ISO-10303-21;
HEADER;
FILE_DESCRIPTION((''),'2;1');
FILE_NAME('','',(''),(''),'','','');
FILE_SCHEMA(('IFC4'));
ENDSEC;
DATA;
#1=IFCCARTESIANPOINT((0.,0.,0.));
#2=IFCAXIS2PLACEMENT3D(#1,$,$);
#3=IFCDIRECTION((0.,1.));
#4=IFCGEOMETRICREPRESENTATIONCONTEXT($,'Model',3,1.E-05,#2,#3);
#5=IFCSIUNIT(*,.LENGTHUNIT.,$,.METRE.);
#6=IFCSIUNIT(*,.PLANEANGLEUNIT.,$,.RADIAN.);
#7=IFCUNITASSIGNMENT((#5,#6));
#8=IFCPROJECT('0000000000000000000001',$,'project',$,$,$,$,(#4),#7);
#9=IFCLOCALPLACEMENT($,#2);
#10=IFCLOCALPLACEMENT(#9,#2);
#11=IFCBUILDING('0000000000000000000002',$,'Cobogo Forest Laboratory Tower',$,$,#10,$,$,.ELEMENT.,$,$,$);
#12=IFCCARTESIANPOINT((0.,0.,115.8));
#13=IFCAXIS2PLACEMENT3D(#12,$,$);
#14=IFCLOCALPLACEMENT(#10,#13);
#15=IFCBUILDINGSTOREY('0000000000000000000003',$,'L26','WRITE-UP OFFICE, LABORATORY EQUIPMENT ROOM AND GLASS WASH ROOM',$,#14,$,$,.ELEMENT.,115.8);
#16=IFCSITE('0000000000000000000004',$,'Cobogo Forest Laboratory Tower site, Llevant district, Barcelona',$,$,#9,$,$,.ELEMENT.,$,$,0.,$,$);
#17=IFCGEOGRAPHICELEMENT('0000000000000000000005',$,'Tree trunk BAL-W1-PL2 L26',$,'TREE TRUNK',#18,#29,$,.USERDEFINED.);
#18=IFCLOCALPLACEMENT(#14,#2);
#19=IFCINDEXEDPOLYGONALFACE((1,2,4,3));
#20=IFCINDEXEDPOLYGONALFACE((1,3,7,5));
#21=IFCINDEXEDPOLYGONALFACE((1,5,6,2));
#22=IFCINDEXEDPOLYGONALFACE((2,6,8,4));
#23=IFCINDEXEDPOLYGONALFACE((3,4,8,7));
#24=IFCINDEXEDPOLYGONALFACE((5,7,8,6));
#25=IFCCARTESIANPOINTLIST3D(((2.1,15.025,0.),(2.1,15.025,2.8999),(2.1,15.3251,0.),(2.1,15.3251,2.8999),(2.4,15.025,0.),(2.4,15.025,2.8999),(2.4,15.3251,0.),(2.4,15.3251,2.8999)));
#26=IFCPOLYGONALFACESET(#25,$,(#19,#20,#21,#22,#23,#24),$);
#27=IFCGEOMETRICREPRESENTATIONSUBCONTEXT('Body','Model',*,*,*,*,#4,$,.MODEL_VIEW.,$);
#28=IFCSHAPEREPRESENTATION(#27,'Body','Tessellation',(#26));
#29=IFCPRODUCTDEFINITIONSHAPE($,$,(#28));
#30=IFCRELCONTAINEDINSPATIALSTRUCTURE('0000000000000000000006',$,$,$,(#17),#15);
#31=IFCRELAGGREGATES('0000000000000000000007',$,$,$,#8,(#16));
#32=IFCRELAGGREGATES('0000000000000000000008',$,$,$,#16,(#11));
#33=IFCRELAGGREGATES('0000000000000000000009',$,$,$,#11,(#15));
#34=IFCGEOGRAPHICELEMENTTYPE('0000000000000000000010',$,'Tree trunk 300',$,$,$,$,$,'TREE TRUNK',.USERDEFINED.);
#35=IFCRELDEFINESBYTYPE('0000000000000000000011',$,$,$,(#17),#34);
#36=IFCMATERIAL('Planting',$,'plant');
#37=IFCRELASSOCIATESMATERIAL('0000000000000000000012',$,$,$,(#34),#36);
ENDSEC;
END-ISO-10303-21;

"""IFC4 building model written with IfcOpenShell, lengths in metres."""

from ifc_helpers import new_model, si_unit, direction, frame, origin, origin_2d, place, context, subcontext, project, spatial, rectangle, extrude, material, type_object, element, save


model = new_model("IFC4")

# Units and contexts
model_context = context("Model", 3, precision=1e-05, world=origin(), true_north=direction((0.0, 1.0)))
body_context = subcontext(model_context, "Body", "Model", "MODEL_VIEW")
ifc_project = project(units=[si_unit("LENGTHUNIT", "METRE"), si_unit("PLANEANGLEUNIT", "RADIAN")], contexts=[model_context])

# Site, building, storey
site_placement = place(None, origin())
site = spatial("IfcSite", under=ifc_project, at=site_placement, Name="Cobogo Forest Laboratory Tower site, Llevant district, Barcelona", CompositionType="ELEMENT", RefElevation=0.0)
building_placement = place(site_placement, origin())
building = spatial("IfcBuilding", under=site, at=building_placement, Name="Cobogo Forest Laboratory Tower", CompositionType="ELEMENT")
storey_placement = place(building_placement, frame((0.0, 0.0, 115.8)))
storey = spatial("IfcBuildingStorey", under=building, at=storey_placement, Name="L26", Description="WRITE-UP OFFICE, LABORATORY EQUIPMENT ROOM AND GLASS WASH ROOM", CompositionType="ELEMENT", Elevation=115.8)

# Geographic element
ifc_material_1 = material(Name="Planting", Category="plant")
geographic_element_type = type_object("IfcGeographicElementType", Name="Tree trunk 300", ElementType="TREE TRUNK", PredefinedType="USERDEFINED", material=ifc_material_1)
geographic_element_placement = place(storey_placement, frame((2.25, 15.175, 0.0), z_axis=(0.0, 0.0, 1.0), x_axis=(1.0, 0.0, 0.0)))
element("IfcGeographicElement", 1, at=geographic_element_placement, inside=storey, type_object=geographic_element_type, Name="Tree trunk BAL-W1-PL2 L26", ObjectType="TREE TRUNK", PredefinedType="USERDEFINED", context=body_context, shape_type="SweptSolid", body=[
    extrude(rectangle(XDim=0.3, YDim=0.3, at=origin_2d()), origin(), (0.0, 0.0, 1.0), 2.8999),
])

save(model, "model.ifc")
